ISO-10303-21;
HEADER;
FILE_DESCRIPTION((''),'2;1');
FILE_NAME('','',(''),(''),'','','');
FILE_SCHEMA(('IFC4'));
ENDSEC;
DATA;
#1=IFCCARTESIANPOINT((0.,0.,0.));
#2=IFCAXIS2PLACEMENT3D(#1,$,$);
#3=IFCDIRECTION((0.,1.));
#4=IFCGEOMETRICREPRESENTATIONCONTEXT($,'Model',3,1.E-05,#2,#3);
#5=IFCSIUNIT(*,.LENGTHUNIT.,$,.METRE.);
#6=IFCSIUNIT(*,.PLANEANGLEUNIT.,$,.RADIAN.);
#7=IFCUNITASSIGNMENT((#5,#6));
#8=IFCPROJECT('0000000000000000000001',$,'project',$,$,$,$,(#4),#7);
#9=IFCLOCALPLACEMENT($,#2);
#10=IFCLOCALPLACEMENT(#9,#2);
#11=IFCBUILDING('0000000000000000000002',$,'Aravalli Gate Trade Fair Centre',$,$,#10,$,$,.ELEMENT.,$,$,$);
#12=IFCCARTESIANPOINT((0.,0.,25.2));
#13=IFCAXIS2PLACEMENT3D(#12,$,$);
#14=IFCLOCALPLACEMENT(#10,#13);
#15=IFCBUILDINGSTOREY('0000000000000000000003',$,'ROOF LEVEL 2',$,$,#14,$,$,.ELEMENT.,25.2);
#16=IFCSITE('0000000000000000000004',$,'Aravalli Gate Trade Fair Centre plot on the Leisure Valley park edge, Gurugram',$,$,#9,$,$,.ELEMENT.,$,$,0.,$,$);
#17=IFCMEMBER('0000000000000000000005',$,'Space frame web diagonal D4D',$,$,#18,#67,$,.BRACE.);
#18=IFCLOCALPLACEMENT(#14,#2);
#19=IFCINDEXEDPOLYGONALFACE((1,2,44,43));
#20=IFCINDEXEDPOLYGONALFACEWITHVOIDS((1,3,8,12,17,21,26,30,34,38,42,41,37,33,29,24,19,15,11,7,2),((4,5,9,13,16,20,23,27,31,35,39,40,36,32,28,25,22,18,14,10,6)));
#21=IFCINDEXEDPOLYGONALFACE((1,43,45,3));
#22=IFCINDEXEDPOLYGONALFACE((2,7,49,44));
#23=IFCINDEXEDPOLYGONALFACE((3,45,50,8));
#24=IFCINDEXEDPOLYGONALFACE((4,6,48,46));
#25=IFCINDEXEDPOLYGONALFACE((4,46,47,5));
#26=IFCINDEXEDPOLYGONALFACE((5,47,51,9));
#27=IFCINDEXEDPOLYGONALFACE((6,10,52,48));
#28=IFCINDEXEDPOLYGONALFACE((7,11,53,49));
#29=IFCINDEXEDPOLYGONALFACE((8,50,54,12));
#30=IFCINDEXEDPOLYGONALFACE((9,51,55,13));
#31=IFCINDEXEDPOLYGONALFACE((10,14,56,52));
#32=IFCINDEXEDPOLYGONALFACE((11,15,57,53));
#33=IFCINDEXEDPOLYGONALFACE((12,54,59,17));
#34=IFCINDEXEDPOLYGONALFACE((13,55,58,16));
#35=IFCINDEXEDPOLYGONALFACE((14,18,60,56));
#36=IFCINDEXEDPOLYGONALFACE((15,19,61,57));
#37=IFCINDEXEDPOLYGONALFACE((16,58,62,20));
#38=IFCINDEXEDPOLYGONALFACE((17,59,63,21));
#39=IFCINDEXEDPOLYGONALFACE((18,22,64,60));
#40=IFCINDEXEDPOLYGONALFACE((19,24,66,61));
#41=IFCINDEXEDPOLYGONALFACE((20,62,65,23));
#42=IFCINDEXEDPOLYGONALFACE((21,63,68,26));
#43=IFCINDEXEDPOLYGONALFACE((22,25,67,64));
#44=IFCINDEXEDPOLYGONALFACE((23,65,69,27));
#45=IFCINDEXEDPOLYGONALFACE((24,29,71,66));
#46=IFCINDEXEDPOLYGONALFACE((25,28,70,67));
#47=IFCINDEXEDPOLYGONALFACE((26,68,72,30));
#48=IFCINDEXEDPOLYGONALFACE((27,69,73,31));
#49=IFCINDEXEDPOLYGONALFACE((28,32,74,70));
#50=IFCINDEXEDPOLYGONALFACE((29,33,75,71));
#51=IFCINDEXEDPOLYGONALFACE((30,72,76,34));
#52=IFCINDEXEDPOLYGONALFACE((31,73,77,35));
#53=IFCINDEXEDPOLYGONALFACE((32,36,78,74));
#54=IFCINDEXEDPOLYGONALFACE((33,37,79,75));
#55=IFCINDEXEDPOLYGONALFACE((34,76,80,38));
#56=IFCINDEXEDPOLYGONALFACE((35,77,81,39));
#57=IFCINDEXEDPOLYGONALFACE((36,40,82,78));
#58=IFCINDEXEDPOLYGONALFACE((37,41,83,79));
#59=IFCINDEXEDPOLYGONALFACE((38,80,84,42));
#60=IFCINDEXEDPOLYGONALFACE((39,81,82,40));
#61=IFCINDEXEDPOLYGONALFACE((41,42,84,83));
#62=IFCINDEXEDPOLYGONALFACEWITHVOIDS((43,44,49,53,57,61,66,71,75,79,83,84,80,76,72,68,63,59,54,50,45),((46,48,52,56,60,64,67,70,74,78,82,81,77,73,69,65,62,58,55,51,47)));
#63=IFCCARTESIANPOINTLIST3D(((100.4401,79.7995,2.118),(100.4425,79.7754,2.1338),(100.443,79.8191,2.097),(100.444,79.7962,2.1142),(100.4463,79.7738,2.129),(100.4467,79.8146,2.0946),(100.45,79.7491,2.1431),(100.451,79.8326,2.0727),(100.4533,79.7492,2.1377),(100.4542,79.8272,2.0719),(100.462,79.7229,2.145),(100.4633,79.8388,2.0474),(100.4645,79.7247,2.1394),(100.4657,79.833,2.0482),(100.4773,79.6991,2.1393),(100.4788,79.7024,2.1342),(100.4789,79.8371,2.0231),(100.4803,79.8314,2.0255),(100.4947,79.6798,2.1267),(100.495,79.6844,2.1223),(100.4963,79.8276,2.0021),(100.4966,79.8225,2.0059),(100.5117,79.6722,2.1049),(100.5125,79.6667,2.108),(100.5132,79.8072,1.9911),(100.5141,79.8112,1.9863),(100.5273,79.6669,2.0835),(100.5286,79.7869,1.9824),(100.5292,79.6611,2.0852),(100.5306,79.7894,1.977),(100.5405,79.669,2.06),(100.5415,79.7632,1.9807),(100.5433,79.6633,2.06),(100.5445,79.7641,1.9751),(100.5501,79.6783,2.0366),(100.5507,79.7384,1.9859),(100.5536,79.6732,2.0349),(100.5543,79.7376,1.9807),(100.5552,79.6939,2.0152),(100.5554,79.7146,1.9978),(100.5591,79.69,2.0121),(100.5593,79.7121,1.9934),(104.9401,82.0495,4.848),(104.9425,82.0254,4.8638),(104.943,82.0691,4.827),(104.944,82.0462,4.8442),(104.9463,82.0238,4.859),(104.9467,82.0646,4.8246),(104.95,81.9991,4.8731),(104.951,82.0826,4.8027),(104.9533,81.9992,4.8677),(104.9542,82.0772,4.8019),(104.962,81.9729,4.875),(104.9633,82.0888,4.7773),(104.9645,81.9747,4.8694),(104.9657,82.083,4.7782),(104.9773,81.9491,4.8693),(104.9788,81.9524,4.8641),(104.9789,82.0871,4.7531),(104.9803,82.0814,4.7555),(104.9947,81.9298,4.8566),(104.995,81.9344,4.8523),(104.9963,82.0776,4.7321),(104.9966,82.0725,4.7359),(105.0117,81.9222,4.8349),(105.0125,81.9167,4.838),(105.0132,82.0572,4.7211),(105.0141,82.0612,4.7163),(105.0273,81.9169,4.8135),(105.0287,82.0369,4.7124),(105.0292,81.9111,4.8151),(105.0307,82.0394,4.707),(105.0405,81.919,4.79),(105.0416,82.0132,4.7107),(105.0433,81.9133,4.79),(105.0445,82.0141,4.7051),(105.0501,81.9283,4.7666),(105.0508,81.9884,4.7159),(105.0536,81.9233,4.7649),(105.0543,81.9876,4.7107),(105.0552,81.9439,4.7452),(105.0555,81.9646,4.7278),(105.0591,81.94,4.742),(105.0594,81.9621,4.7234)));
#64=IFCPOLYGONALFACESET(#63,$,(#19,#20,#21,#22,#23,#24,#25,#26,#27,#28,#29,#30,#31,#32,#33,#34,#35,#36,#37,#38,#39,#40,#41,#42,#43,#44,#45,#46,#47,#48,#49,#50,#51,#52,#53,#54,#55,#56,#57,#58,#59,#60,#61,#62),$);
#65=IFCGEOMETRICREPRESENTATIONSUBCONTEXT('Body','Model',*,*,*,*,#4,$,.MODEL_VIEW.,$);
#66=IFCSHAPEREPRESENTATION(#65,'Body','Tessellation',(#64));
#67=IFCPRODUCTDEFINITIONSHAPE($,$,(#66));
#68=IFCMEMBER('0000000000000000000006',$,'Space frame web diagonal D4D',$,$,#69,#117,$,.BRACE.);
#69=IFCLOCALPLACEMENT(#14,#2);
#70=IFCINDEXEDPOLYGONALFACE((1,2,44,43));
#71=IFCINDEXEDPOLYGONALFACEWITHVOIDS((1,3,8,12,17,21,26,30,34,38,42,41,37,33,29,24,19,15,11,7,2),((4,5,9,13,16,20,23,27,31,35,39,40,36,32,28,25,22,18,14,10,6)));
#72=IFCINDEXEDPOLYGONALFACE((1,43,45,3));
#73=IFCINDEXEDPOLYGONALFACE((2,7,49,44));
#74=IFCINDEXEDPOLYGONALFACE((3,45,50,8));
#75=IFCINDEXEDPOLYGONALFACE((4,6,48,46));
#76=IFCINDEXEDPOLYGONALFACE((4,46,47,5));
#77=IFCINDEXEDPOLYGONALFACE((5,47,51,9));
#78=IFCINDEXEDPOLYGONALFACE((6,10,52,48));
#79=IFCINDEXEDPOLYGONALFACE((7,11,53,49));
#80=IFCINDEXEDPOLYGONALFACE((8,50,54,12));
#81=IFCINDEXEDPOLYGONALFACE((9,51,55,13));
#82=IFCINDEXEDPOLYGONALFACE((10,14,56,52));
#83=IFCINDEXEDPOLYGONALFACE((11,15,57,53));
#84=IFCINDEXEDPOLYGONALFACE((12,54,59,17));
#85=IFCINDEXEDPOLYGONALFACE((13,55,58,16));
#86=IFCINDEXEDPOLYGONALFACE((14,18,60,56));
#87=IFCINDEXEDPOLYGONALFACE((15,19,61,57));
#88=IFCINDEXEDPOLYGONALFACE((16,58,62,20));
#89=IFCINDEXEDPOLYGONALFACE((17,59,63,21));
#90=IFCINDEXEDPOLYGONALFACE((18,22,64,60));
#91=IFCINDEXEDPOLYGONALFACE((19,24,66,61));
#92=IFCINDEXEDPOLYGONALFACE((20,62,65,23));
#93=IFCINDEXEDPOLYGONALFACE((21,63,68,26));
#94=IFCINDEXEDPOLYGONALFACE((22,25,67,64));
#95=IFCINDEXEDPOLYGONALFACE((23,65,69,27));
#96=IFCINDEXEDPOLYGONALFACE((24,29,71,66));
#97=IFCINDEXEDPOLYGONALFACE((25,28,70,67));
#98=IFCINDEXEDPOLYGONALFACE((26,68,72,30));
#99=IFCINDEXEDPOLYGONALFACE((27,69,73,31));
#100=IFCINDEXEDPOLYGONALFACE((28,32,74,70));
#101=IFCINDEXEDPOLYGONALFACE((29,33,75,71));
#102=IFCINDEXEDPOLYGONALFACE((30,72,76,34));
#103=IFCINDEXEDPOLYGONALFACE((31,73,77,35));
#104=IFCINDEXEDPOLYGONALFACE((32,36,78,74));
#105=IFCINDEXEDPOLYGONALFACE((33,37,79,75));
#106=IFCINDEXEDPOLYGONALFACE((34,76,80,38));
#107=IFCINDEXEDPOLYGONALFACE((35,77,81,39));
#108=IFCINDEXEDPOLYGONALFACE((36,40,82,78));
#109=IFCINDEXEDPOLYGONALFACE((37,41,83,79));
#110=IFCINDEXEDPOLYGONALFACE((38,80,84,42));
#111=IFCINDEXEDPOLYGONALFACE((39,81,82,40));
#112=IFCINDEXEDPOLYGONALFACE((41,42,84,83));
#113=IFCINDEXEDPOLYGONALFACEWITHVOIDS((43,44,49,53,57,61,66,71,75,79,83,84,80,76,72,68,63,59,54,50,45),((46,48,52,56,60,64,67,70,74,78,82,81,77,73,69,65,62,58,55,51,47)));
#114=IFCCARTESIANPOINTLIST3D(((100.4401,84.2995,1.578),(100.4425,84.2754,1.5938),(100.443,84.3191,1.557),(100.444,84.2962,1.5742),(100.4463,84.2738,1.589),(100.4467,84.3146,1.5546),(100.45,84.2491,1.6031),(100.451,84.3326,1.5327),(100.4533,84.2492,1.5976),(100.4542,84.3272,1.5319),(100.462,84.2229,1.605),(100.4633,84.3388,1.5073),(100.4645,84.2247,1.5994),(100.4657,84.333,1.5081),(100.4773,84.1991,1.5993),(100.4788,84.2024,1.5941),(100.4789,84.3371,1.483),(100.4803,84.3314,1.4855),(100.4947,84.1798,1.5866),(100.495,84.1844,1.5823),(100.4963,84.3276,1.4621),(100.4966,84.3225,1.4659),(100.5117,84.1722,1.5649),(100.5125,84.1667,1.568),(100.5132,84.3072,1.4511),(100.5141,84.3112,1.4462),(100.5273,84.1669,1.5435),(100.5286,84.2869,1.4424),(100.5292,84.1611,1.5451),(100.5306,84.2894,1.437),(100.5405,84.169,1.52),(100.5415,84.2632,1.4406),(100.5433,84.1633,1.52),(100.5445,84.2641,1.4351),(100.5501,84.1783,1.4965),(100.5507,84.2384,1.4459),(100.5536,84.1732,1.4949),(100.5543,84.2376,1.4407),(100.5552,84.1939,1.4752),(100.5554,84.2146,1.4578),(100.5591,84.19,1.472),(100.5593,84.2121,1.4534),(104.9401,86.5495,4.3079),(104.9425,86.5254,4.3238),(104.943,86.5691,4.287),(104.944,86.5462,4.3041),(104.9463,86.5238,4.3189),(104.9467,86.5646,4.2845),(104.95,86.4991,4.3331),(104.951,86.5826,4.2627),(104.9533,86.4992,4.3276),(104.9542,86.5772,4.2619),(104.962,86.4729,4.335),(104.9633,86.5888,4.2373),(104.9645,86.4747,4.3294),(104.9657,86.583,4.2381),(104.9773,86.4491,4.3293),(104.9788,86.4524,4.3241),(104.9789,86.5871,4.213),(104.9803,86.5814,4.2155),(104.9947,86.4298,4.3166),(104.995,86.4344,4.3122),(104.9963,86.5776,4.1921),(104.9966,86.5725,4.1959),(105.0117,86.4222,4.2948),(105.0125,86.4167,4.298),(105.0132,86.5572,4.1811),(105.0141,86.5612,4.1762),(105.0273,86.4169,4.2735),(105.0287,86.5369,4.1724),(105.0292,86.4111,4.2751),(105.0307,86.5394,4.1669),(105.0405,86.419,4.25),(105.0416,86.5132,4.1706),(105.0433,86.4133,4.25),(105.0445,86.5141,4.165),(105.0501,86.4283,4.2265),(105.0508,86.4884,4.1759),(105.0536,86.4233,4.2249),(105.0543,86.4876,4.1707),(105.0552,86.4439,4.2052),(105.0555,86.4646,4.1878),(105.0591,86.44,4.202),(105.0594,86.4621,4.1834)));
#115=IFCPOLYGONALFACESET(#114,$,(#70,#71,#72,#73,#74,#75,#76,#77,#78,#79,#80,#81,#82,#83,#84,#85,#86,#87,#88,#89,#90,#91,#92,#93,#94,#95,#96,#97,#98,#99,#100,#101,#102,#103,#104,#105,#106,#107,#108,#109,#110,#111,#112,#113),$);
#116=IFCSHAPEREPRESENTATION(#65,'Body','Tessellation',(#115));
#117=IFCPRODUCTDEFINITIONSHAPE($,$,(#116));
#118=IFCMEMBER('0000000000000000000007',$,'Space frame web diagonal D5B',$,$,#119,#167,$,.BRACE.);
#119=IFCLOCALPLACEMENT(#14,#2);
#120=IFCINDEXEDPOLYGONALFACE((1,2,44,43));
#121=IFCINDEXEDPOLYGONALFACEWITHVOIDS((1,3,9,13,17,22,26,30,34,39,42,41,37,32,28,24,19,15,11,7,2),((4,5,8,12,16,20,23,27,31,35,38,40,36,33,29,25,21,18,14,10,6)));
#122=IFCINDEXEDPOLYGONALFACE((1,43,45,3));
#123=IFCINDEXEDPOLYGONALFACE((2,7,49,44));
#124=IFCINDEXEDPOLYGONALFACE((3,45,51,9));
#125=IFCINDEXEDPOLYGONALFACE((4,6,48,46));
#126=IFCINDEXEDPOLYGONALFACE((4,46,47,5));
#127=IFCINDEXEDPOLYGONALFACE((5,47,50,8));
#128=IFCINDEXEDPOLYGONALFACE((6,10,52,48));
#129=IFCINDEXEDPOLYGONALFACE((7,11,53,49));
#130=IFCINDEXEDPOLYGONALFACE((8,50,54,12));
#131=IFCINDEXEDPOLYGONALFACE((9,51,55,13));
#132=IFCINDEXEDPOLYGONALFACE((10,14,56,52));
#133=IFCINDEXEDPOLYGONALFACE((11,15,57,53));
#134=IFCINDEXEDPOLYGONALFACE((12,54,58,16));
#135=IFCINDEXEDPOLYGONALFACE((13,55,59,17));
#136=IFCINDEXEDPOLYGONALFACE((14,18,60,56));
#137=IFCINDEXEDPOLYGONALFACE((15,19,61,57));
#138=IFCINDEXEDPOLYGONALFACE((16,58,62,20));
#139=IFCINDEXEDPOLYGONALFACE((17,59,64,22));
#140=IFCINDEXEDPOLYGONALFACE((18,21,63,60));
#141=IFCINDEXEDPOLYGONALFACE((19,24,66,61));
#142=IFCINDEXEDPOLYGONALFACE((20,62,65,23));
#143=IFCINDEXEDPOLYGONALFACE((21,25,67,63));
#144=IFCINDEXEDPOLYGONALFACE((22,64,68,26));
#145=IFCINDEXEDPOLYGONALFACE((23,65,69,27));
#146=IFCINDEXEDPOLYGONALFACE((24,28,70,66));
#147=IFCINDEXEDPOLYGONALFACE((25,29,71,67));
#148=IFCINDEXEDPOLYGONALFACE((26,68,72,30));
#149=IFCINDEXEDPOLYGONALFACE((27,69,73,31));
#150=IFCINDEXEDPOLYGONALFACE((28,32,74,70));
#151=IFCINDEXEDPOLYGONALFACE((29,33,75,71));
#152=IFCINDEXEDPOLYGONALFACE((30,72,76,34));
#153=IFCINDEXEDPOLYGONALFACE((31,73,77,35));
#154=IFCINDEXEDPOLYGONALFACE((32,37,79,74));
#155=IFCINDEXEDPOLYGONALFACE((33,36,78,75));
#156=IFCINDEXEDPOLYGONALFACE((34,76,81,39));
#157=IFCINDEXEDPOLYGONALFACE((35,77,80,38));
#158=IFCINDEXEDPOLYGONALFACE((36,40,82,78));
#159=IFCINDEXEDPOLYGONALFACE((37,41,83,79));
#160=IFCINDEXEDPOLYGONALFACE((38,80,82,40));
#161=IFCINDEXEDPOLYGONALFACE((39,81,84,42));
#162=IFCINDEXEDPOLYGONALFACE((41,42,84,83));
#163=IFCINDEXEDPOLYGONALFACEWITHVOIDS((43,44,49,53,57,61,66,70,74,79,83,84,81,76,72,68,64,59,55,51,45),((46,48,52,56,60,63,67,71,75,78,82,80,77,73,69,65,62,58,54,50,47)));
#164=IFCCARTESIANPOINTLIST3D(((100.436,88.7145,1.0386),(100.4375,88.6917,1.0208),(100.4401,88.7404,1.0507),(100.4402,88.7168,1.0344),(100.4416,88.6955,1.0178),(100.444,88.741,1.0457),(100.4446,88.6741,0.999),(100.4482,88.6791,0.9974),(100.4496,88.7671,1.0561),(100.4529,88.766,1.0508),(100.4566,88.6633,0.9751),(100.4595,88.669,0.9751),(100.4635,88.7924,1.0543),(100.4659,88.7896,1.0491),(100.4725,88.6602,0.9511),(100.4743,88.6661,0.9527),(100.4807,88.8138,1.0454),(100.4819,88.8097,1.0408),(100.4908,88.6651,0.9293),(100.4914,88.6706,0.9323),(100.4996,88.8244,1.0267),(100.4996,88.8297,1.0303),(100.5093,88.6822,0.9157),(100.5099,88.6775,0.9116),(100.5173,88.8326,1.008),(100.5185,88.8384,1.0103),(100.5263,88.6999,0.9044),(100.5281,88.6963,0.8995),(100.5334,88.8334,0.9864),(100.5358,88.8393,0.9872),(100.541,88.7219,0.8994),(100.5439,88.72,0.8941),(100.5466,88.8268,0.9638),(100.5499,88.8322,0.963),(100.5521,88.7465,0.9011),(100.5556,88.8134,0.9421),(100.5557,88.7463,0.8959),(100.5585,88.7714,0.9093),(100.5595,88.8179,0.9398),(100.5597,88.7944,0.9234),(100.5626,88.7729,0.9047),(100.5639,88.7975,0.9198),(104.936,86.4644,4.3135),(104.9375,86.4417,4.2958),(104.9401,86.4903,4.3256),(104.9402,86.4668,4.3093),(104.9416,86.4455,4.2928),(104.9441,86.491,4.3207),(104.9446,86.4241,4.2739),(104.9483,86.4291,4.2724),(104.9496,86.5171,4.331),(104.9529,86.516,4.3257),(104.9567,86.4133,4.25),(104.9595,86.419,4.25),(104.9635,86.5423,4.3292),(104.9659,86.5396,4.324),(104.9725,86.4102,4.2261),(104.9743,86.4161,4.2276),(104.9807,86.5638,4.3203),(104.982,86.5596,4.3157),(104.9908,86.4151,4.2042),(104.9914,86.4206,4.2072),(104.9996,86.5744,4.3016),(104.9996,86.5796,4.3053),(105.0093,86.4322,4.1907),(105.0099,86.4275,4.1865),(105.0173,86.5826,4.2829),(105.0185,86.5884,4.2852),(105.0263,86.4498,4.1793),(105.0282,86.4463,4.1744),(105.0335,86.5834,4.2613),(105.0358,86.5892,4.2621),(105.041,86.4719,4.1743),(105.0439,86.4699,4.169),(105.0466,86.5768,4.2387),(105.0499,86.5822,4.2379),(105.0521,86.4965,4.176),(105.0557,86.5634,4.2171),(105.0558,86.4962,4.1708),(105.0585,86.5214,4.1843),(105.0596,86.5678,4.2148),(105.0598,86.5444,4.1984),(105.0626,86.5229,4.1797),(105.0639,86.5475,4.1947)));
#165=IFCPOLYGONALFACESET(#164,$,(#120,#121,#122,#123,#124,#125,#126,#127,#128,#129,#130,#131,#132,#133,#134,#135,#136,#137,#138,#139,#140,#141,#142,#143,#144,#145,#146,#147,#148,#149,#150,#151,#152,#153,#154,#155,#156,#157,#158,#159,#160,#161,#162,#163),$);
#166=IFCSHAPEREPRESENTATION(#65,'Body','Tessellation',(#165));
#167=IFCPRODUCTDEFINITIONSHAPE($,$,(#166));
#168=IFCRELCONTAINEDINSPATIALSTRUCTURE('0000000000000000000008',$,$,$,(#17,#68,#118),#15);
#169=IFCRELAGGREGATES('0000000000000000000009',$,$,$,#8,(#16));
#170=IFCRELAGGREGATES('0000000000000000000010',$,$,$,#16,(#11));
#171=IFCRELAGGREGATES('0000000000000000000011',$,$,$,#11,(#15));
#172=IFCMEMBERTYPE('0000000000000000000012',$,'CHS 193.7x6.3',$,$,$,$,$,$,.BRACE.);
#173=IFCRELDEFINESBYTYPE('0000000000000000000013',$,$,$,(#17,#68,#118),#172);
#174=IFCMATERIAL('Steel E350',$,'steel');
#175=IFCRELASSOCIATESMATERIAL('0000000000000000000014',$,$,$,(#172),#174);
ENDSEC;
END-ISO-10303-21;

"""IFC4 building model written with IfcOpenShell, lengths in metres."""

from ifc_helpers import new_model, si_unit, direction, frame, origin, origin_2d, place, context, subcontext, project, spatial, hollow_circle, extrude, material, material_profile, profile_set, type_object, element, save


model = new_model("IFC4")

# Units and contexts
model_context = context("Model", 3, precision=1e-05, world=origin(), true_north=direction((0.0, 1.0)))
body_context = subcontext(model_context, "Body", "Model", "MODEL_VIEW")
ifc_project = project(units=[si_unit("LENGTHUNIT", "METRE"), si_unit("PLANEANGLEUNIT", "RADIAN")], contexts=[model_context])

# Site, building, storey
site_placement = place(None, origin())
site = spatial("IfcSite", under=ifc_project, at=site_placement, Name="Aravalli Gate Trade Fair Centre plot on the Leisure Valley park edge, Gurugram", CompositionType="ELEMENT", RefElevation=0.0)
building_placement = place(site_placement, origin())
building = spatial("IfcBuilding", under=site, at=building_placement, Name="Aravalli Gate Trade Fair Centre", CompositionType="ELEMENT")
storey_placement = place(building_placement, frame((0.0, 0.0, 25.2)))
storey = spatial("IfcBuildingStorey", under=building, at=storey_placement, Name="ROOF LEVEL 2", CompositionType="ELEMENT", Elevation=25.2)

# Members
ifc_material_1 = material(Name="Steel E350", Category="steel")
ifc_material_profile_1 = material_profile(ifc_material_1, hollow_circle(Radius=0.0969, WallThickness=0.0063, at=origin_2d()), Name="CHS 193.7x6.3")
ifc_profile_set_1 = profile_set([ifc_material_profile_1], Name="Steel E350")
member_type_1 = type_object("IfcMemberType", Name="CHS 193.7x6.3", PredefinedType="BRACE", material=ifc_profile_set_1)
for number, where, z_axis, x_axis, name in (
    (1, (105.0, 82.0, 4.79), (-0.78615, -0.393075, -0.476928), (0.447214, -0.894427, 0.0), "Space frame web diagonal D4D"),
    (2, (105.0, 86.5, 4.25), (-0.78615, -0.393075, -0.476928), (0.447214, -0.894427, 0.0), "Space frame web diagonal D4D"),
):
    element("IfcMember", number, at=place(storey_placement, frame(where, z_axis=z_axis, x_axis=x_axis)), inside=storey, type_object=member_type_1, Name=name, PredefinedType="BRACE", context=body_context, shape_type="SweptSolid", body=[
        extrude(hollow_circle(Radius=0.0969, WallThickness=0.0063, at=origin_2d()), origin(), (0.0, 0.0, 1.0), 5.7241),
    ])
for number, where, z_axis, x_axis, name in (
    (3, (105.0, 86.5, 4.25), (-0.74961, 0.374805, -0.545533), (-0.447214, -0.894427, 0.0), "Space frame web diagonal D5B"),
):
    element("IfcMember", number, at=place(storey_placement, frame(where, z_axis=z_axis, x_axis=x_axis)), inside=storey, type_object=member_type_1, Name=name, PredefinedType="BRACE", context=body_context, shape_type="SweptSolid", body=[
        extrude(hollow_circle(Radius=0.0969, WallThickness=0.0063, at=origin_2d()), origin(), (0.0, 0.0, 1.0), 6.0032),
    ])

save(model, "model.ifc")
